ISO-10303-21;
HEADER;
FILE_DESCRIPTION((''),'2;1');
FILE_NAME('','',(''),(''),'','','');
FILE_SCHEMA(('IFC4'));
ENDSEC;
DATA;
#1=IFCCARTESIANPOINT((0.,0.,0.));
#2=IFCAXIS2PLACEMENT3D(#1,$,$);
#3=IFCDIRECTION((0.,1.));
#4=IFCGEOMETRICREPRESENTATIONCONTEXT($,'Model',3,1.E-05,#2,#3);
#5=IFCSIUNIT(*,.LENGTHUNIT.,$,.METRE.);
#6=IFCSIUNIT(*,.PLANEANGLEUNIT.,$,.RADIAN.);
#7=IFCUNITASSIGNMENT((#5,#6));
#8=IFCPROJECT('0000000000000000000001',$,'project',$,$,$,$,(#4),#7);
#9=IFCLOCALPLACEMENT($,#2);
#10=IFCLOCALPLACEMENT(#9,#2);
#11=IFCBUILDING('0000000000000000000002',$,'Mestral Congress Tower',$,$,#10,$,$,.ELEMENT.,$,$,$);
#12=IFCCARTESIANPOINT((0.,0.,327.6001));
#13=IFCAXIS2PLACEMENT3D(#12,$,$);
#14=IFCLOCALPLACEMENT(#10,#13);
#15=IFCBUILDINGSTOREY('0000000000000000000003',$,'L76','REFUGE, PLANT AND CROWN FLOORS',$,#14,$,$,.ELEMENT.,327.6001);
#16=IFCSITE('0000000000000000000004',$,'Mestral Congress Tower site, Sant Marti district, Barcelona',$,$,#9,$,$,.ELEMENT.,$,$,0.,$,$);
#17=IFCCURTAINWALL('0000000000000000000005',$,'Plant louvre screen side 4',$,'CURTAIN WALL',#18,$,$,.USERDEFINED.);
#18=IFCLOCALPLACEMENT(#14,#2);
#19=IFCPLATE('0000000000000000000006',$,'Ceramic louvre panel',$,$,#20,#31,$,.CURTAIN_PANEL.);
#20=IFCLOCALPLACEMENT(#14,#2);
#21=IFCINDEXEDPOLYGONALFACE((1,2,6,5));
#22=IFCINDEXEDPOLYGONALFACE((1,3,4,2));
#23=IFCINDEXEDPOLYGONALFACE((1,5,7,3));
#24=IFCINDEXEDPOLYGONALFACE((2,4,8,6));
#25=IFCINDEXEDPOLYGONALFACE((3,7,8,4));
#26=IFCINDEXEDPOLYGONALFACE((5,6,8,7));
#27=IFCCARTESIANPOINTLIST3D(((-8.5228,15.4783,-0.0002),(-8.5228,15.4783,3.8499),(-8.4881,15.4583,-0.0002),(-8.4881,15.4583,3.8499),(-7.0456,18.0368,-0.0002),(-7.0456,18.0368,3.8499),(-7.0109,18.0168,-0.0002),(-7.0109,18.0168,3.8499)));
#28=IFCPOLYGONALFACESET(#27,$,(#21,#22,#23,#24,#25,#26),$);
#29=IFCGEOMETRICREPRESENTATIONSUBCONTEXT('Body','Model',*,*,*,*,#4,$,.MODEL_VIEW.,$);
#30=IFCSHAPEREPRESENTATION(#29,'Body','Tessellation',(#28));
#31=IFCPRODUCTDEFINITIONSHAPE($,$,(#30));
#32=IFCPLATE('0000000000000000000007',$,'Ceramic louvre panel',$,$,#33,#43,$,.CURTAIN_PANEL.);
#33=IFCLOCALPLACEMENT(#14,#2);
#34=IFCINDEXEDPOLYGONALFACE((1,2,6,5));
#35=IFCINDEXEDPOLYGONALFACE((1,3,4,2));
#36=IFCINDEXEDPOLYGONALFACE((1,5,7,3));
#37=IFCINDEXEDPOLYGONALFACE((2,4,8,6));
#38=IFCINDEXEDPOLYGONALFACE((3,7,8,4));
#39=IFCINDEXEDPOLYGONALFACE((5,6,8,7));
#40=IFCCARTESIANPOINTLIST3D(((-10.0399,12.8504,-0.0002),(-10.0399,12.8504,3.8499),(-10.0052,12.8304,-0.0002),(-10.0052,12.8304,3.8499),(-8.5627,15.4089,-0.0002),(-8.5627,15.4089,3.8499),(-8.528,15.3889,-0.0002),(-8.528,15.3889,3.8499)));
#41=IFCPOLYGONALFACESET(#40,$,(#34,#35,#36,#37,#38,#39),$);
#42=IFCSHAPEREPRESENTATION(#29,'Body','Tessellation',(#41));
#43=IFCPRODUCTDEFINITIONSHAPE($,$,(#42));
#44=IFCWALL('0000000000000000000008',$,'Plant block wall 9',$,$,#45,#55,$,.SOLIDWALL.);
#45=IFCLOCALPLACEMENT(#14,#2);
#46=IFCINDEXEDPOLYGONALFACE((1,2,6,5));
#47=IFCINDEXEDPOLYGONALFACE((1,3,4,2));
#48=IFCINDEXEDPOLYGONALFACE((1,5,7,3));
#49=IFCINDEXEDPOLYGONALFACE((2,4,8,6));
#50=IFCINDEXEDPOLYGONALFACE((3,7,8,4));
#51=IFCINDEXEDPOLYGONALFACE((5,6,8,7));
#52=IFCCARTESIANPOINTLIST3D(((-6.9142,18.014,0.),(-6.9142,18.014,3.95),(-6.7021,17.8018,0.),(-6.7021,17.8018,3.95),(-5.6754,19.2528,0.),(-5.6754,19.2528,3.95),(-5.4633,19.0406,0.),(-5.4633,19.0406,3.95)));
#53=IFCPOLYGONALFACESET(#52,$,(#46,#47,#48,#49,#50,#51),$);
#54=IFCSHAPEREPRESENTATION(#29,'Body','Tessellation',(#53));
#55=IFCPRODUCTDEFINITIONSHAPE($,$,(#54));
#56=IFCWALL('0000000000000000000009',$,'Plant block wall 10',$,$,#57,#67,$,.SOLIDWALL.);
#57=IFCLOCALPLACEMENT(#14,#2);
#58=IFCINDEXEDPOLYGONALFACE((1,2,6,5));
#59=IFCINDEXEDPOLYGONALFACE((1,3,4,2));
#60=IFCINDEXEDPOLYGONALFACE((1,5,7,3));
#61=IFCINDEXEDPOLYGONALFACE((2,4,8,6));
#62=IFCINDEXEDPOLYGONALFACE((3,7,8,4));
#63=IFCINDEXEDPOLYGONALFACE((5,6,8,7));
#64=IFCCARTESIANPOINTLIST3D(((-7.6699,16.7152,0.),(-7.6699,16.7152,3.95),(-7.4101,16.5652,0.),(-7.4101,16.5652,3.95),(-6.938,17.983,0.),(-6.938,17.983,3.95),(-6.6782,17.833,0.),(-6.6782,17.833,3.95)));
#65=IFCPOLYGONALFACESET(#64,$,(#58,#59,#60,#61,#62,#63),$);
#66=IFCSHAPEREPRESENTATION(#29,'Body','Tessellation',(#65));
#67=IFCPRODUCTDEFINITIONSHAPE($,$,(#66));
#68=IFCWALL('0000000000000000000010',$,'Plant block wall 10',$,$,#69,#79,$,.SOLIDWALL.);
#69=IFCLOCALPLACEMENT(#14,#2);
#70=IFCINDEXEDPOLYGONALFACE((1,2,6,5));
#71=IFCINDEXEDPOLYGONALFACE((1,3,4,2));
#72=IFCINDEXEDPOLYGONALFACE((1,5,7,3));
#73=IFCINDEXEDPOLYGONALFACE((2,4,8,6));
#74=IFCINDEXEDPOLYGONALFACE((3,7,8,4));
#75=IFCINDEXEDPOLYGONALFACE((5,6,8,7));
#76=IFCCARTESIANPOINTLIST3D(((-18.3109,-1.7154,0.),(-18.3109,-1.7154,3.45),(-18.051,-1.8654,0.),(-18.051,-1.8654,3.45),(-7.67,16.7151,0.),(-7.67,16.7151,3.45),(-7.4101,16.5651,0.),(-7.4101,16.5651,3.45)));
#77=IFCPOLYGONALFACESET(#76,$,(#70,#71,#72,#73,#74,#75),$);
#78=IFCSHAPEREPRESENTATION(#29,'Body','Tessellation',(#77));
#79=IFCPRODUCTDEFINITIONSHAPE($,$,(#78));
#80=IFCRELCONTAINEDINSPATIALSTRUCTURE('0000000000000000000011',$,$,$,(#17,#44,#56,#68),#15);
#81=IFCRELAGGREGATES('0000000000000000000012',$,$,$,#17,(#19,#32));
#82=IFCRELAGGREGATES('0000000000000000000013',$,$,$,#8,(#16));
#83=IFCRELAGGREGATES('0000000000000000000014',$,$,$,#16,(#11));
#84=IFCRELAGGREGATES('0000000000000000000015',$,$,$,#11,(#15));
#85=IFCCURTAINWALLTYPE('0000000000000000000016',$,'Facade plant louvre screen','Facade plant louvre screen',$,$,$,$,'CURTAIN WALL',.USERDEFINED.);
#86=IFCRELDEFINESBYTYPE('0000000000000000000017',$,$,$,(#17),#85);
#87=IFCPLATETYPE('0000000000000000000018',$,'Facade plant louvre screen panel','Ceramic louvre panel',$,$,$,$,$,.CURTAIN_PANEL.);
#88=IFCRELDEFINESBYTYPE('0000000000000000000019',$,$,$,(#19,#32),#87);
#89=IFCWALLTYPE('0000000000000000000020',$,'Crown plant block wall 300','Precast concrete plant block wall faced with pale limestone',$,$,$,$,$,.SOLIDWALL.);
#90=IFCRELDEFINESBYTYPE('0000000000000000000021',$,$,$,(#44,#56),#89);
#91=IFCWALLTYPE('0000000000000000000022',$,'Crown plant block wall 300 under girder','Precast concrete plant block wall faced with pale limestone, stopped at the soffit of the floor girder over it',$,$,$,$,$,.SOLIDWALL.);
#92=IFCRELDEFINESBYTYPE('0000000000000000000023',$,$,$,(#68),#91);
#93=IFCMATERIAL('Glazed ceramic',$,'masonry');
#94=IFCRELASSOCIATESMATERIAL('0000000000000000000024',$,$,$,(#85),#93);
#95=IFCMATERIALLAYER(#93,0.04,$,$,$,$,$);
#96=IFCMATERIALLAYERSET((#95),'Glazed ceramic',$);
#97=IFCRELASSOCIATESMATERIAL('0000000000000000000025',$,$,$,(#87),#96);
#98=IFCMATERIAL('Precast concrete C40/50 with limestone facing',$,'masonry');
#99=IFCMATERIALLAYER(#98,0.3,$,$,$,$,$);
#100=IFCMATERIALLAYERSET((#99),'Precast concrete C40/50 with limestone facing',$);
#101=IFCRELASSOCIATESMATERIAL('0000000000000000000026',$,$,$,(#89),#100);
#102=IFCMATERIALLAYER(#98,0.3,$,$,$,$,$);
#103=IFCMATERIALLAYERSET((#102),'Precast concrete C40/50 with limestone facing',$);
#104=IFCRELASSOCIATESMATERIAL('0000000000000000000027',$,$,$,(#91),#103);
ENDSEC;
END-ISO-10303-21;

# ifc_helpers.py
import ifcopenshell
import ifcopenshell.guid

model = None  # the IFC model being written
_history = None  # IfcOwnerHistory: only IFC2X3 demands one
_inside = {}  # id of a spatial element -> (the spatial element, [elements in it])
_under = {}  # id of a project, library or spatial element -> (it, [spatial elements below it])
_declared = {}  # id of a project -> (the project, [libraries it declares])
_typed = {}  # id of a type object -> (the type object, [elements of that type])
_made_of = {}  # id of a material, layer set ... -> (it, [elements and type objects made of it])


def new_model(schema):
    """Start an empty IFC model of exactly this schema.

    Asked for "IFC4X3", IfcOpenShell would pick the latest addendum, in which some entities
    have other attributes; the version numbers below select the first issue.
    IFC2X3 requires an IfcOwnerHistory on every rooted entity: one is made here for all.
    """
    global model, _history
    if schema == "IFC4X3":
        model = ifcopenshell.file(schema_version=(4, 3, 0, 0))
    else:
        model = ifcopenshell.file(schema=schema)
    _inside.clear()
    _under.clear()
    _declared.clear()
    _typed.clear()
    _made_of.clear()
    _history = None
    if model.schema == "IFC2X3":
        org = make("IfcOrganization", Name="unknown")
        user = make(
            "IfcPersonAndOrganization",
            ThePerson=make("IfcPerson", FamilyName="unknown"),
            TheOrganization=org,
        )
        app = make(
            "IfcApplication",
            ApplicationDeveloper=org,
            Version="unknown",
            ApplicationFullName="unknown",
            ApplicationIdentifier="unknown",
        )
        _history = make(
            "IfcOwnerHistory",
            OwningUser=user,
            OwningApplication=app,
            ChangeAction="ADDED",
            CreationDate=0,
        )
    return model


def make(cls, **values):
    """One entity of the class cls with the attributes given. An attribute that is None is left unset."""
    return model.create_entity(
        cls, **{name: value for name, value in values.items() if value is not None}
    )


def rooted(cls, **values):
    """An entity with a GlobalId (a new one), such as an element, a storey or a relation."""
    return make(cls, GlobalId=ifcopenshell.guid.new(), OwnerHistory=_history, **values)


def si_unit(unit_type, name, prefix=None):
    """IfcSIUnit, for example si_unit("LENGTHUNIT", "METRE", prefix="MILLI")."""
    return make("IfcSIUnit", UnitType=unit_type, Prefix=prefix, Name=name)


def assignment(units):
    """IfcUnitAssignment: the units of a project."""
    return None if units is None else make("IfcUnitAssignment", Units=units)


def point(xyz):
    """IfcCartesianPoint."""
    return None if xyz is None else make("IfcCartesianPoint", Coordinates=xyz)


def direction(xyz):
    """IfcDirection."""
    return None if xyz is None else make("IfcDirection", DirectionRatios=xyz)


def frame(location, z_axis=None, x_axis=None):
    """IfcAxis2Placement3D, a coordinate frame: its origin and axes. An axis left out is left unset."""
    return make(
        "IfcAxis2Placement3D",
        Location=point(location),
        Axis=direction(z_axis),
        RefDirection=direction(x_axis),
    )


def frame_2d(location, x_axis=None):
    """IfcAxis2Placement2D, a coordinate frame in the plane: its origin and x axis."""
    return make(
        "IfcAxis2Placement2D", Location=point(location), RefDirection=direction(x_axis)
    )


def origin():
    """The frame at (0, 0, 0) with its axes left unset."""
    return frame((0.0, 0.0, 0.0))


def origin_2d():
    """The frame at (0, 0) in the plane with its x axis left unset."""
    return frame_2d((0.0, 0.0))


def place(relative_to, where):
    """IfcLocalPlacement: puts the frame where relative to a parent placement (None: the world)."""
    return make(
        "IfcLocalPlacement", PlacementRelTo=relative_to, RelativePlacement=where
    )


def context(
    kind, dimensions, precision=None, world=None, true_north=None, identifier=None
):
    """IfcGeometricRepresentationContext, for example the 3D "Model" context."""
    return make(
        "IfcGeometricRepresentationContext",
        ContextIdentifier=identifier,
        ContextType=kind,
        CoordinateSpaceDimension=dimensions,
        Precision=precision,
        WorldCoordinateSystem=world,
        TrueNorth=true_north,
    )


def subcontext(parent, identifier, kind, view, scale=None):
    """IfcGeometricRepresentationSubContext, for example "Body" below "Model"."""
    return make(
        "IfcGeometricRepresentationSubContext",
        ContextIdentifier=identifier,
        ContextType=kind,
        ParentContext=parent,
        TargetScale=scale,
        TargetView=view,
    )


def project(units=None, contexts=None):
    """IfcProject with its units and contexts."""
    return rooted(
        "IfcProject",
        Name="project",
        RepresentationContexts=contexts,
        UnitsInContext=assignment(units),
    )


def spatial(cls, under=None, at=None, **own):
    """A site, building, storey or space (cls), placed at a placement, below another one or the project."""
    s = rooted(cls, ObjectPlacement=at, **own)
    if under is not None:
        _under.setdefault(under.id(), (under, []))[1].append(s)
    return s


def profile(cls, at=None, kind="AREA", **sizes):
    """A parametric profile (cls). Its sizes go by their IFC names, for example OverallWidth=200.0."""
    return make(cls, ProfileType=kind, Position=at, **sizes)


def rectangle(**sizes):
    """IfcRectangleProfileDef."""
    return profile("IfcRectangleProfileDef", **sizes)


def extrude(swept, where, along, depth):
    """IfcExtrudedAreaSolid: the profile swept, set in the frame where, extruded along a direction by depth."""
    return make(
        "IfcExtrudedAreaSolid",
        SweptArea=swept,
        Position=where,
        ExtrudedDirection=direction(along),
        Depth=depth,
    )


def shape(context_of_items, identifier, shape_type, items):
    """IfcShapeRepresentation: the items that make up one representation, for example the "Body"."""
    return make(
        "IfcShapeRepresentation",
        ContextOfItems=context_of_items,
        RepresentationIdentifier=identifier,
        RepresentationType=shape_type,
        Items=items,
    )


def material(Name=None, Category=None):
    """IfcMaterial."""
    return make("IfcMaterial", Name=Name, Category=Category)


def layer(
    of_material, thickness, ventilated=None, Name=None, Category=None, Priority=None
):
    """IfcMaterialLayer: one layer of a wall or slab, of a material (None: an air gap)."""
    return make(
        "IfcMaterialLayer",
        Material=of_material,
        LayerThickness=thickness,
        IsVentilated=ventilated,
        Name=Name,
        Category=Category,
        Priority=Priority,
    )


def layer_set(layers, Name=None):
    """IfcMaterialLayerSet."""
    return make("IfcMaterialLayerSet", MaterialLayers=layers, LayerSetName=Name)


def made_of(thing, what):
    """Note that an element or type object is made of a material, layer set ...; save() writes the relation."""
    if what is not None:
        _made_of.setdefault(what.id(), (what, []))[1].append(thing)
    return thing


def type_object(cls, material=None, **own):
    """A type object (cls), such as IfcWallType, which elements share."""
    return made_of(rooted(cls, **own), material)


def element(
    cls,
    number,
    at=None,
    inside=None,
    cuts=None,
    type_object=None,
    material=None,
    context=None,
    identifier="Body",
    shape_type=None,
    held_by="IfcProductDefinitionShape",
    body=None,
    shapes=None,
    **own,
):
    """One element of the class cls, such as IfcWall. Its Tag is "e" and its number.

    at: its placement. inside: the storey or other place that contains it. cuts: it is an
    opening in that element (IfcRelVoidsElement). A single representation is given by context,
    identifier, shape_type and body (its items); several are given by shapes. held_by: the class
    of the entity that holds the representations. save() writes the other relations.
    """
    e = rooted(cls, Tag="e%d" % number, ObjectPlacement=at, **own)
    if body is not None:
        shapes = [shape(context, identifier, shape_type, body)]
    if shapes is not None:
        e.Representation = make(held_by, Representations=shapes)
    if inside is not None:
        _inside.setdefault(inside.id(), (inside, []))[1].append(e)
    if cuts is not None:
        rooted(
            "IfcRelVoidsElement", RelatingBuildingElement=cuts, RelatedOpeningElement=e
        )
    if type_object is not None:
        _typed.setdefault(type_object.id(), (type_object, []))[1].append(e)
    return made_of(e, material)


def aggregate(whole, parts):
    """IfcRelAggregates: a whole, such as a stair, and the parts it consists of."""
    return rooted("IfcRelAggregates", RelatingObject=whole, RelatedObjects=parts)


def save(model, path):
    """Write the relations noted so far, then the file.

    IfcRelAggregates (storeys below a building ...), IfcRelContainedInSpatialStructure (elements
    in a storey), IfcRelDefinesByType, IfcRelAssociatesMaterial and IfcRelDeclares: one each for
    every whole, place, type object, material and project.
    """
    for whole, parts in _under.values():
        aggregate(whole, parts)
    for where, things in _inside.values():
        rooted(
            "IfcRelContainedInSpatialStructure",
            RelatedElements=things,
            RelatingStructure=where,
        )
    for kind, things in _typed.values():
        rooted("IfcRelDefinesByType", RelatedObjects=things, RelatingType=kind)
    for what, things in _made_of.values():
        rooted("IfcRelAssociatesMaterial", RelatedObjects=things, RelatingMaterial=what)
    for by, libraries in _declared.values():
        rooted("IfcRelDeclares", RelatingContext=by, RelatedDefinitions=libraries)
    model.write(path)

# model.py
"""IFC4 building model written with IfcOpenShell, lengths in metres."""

from ifc_helpers import new_model, si_unit, direction, frame, frame_2d, origin, origin_2d, place, context, subcontext, project, spatial, rectangle, extrude, material, layer, layer_set, type_object, element, aggregate, save


model = new_model("IFC4")

# Units and contexts
model_context = context("Model", 3, precision=1e-05, world=origin(), true_north=direction((0.0, 1.0)))
body_context = subcontext(model_context, "Body", "Model", "MODEL_VIEW")
ifc_project = project(units=[si_unit("LENGTHUNIT", "METRE"), si_unit("PLANEANGLEUNIT", "RADIAN")], contexts=[model_context])

# Site, building, storey
site_placement = place(None, origin())
site = spatial("IfcSite", under=ifc_project, at=site_placement, Name="Mestral Congress Tower site, Sant Marti district, Barcelona", CompositionType="ELEMENT", RefElevation=0.0)
building_placement = place(site_placement, origin())
building = spatial("IfcBuilding", under=site, at=building_placement, Name="Mestral Congress Tower", CompositionType="ELEMENT")
storey_placement = place(building_placement, frame((0.0, 0.0, 327.6001)))
storey = spatial("IfcBuildingStorey", under=building, at=storey_placement, Name="L76", Description="REFUGE, PLANT AND CROWN FLOORS", CompositionType="ELEMENT", Elevation=327.6001)

# Shared definitions
ifc_material_1 = material(Name="Glazed ceramic", Category="masonry")
curtain_wall_type = type_object("IfcCurtainWallType", Name="Facade plant louvre screen", Description="Facade plant louvre screen", ElementType="CURTAIN WALL", PredefinedType="USERDEFINED", material=ifc_material_1)
placement = place(storey_placement, origin())

# Curtain wall
curtain_wall_1 = element("IfcCurtainWall", 1, at=placement, inside=storey, type_object=curtain_wall_type, Name="Plant louvre screen side 4", ObjectType="CURTAIN WALL", PredefinedType="USERDEFINED")

# Plates
ifc_layer_1 = layer(ifc_material_1, 0.04)
ifc_layer_set_1 = layer_set([ifc_layer_1], Name="Glazed ceramic")
plate_type = type_object("IfcPlateType", Name="Facade plant louvre screen panel", Description="Ceramic louvre panel", PredefinedType="CURTAIN_PANEL", material=ifc_layer_set_1)
plate_1_placement = place(storey_placement, frame((-7.7668, 16.7476, -0.0002), z_axis=(0.0, 0.0, 1.0), x_axis=(-0.500002, -0.866025, 0.0)))
plate_1 = element("IfcPlate", 2, at=plate_1_placement, type_object=plate_type, Name="Ceramic louvre panel", PredefinedType="CURTAIN_PANEL", context=body_context, shape_type="SweptSolid", body=[
    extrude(rectangle(XDim=2.9543, YDim=0.04, at=origin_2d()), origin(), (0.0, 0.0, 1.0), 3.8501),
])
plate_2_placement = place(storey_placement, frame((-9.2839, 14.1196, -0.0002), z_axis=(0.0, 0.0, 1.0), x_axis=(-0.500002, -0.866025, 0.0)))
plate_2 = element("IfcPlate", 3, at=plate_2_placement, type_object=plate_type, Name="Ceramic louvre panel", PredefinedType="CURTAIN_PANEL", context=body_context, shape_type="SweptSolid", body=[
    extrude(rectangle(XDim=2.9543, YDim=0.04, at=origin_2d()), origin(), (0.0, 0.0, 1.0), 3.8501),
])
aggregate(curtain_wall_1, [plate_1, plate_2])

# Walls
ifc_material_2 = material(Name="Precast concrete C40/50 with limestone facing", Category="masonry")
ifc_layer_2 = layer(ifc_material_2, 0.3)
ifc_layer_set_2 = layer_set([ifc_layer_2], Name="Precast concrete C40/50 with limestone facing")
wall_type_1 = type_object("IfcWallType", Name="Crown plant block wall 300", Description="Precast concrete plant block wall faced with pale limestone", PredefinedType="SOLIDWALL", material=ifc_layer_set_2)
wall_1_placement = place(storey_placement, frame((-5.5693, 19.1467, 0.0), z_axis=(0.0, 0.0, 1.0), x_axis=(-0.707107, -0.707107, 0.0)))
element("IfcWall", 4, at=wall_1_placement, inside=storey, type_object=wall_type_1, Name="Plant block wall 9", PredefinedType="SOLIDWALL", context=body_context, shape_type="SweptSolid", body=[
    extrude(rectangle(XDim=1.752, YDim=0.3, at=frame_2d((0.876, 0.0))), origin(), (0.0, 0.0, 1.0), 3.95),
])
wall_2_placement = place(storey_placement, frame((-6.8081, 17.908, 0.0), z_axis=(0.0, 0.0, 1.0), x_axis=(-0.499977, -0.866038, 0.0)))
element("IfcWall", 5, at=wall_2_placement, inside=storey, type_object=wall_type_1, Name="Plant block wall 10", PredefinedType="SOLIDWALL", context=body_context, shape_type="SweptSolid", body=[
    extrude(rectangle(XDim=1.4639, YDim=0.3, at=frame_2d((0.7319, 0.0))), origin(), (0.0, 0.0, 1.0), 3.95),
])
ifc_layer_3 = layer(ifc_material_2, 0.3)
ifc_layer_set_3 = layer_set([ifc_layer_3], Name="Precast concrete C40/50 with limestone facing")
wall_type_2 = type_object("IfcWallType", Name="Crown plant block wall 300 under girder", Description="Precast concrete plant block wall faced with pale limestone, stopped at the soffit of the floor girder over it", PredefinedType="SOLIDWALL", material=ifc_layer_set_3)
wall_3_placement = place(storey_placement, frame((-7.54, 16.6401, 0.0), z_axis=(0.0, 0.0, 1.0), x_axis=(-0.500002, -0.866024, 0.0)))
element("IfcWall", 6, at=wall_3_placement, inside=storey, type_object=wall_type_2, Name="Plant block wall 10", PredefinedType="SOLIDWALL", context=body_context, shape_type="SweptSolid", body=[
    extrude(rectangle(XDim=21.2817, YDim=0.3, at=frame_2d((10.6409, 0.0))), origin(), (0.0, 0.0, 1.0), 3.45),
])

save(model, "model.ifc")
